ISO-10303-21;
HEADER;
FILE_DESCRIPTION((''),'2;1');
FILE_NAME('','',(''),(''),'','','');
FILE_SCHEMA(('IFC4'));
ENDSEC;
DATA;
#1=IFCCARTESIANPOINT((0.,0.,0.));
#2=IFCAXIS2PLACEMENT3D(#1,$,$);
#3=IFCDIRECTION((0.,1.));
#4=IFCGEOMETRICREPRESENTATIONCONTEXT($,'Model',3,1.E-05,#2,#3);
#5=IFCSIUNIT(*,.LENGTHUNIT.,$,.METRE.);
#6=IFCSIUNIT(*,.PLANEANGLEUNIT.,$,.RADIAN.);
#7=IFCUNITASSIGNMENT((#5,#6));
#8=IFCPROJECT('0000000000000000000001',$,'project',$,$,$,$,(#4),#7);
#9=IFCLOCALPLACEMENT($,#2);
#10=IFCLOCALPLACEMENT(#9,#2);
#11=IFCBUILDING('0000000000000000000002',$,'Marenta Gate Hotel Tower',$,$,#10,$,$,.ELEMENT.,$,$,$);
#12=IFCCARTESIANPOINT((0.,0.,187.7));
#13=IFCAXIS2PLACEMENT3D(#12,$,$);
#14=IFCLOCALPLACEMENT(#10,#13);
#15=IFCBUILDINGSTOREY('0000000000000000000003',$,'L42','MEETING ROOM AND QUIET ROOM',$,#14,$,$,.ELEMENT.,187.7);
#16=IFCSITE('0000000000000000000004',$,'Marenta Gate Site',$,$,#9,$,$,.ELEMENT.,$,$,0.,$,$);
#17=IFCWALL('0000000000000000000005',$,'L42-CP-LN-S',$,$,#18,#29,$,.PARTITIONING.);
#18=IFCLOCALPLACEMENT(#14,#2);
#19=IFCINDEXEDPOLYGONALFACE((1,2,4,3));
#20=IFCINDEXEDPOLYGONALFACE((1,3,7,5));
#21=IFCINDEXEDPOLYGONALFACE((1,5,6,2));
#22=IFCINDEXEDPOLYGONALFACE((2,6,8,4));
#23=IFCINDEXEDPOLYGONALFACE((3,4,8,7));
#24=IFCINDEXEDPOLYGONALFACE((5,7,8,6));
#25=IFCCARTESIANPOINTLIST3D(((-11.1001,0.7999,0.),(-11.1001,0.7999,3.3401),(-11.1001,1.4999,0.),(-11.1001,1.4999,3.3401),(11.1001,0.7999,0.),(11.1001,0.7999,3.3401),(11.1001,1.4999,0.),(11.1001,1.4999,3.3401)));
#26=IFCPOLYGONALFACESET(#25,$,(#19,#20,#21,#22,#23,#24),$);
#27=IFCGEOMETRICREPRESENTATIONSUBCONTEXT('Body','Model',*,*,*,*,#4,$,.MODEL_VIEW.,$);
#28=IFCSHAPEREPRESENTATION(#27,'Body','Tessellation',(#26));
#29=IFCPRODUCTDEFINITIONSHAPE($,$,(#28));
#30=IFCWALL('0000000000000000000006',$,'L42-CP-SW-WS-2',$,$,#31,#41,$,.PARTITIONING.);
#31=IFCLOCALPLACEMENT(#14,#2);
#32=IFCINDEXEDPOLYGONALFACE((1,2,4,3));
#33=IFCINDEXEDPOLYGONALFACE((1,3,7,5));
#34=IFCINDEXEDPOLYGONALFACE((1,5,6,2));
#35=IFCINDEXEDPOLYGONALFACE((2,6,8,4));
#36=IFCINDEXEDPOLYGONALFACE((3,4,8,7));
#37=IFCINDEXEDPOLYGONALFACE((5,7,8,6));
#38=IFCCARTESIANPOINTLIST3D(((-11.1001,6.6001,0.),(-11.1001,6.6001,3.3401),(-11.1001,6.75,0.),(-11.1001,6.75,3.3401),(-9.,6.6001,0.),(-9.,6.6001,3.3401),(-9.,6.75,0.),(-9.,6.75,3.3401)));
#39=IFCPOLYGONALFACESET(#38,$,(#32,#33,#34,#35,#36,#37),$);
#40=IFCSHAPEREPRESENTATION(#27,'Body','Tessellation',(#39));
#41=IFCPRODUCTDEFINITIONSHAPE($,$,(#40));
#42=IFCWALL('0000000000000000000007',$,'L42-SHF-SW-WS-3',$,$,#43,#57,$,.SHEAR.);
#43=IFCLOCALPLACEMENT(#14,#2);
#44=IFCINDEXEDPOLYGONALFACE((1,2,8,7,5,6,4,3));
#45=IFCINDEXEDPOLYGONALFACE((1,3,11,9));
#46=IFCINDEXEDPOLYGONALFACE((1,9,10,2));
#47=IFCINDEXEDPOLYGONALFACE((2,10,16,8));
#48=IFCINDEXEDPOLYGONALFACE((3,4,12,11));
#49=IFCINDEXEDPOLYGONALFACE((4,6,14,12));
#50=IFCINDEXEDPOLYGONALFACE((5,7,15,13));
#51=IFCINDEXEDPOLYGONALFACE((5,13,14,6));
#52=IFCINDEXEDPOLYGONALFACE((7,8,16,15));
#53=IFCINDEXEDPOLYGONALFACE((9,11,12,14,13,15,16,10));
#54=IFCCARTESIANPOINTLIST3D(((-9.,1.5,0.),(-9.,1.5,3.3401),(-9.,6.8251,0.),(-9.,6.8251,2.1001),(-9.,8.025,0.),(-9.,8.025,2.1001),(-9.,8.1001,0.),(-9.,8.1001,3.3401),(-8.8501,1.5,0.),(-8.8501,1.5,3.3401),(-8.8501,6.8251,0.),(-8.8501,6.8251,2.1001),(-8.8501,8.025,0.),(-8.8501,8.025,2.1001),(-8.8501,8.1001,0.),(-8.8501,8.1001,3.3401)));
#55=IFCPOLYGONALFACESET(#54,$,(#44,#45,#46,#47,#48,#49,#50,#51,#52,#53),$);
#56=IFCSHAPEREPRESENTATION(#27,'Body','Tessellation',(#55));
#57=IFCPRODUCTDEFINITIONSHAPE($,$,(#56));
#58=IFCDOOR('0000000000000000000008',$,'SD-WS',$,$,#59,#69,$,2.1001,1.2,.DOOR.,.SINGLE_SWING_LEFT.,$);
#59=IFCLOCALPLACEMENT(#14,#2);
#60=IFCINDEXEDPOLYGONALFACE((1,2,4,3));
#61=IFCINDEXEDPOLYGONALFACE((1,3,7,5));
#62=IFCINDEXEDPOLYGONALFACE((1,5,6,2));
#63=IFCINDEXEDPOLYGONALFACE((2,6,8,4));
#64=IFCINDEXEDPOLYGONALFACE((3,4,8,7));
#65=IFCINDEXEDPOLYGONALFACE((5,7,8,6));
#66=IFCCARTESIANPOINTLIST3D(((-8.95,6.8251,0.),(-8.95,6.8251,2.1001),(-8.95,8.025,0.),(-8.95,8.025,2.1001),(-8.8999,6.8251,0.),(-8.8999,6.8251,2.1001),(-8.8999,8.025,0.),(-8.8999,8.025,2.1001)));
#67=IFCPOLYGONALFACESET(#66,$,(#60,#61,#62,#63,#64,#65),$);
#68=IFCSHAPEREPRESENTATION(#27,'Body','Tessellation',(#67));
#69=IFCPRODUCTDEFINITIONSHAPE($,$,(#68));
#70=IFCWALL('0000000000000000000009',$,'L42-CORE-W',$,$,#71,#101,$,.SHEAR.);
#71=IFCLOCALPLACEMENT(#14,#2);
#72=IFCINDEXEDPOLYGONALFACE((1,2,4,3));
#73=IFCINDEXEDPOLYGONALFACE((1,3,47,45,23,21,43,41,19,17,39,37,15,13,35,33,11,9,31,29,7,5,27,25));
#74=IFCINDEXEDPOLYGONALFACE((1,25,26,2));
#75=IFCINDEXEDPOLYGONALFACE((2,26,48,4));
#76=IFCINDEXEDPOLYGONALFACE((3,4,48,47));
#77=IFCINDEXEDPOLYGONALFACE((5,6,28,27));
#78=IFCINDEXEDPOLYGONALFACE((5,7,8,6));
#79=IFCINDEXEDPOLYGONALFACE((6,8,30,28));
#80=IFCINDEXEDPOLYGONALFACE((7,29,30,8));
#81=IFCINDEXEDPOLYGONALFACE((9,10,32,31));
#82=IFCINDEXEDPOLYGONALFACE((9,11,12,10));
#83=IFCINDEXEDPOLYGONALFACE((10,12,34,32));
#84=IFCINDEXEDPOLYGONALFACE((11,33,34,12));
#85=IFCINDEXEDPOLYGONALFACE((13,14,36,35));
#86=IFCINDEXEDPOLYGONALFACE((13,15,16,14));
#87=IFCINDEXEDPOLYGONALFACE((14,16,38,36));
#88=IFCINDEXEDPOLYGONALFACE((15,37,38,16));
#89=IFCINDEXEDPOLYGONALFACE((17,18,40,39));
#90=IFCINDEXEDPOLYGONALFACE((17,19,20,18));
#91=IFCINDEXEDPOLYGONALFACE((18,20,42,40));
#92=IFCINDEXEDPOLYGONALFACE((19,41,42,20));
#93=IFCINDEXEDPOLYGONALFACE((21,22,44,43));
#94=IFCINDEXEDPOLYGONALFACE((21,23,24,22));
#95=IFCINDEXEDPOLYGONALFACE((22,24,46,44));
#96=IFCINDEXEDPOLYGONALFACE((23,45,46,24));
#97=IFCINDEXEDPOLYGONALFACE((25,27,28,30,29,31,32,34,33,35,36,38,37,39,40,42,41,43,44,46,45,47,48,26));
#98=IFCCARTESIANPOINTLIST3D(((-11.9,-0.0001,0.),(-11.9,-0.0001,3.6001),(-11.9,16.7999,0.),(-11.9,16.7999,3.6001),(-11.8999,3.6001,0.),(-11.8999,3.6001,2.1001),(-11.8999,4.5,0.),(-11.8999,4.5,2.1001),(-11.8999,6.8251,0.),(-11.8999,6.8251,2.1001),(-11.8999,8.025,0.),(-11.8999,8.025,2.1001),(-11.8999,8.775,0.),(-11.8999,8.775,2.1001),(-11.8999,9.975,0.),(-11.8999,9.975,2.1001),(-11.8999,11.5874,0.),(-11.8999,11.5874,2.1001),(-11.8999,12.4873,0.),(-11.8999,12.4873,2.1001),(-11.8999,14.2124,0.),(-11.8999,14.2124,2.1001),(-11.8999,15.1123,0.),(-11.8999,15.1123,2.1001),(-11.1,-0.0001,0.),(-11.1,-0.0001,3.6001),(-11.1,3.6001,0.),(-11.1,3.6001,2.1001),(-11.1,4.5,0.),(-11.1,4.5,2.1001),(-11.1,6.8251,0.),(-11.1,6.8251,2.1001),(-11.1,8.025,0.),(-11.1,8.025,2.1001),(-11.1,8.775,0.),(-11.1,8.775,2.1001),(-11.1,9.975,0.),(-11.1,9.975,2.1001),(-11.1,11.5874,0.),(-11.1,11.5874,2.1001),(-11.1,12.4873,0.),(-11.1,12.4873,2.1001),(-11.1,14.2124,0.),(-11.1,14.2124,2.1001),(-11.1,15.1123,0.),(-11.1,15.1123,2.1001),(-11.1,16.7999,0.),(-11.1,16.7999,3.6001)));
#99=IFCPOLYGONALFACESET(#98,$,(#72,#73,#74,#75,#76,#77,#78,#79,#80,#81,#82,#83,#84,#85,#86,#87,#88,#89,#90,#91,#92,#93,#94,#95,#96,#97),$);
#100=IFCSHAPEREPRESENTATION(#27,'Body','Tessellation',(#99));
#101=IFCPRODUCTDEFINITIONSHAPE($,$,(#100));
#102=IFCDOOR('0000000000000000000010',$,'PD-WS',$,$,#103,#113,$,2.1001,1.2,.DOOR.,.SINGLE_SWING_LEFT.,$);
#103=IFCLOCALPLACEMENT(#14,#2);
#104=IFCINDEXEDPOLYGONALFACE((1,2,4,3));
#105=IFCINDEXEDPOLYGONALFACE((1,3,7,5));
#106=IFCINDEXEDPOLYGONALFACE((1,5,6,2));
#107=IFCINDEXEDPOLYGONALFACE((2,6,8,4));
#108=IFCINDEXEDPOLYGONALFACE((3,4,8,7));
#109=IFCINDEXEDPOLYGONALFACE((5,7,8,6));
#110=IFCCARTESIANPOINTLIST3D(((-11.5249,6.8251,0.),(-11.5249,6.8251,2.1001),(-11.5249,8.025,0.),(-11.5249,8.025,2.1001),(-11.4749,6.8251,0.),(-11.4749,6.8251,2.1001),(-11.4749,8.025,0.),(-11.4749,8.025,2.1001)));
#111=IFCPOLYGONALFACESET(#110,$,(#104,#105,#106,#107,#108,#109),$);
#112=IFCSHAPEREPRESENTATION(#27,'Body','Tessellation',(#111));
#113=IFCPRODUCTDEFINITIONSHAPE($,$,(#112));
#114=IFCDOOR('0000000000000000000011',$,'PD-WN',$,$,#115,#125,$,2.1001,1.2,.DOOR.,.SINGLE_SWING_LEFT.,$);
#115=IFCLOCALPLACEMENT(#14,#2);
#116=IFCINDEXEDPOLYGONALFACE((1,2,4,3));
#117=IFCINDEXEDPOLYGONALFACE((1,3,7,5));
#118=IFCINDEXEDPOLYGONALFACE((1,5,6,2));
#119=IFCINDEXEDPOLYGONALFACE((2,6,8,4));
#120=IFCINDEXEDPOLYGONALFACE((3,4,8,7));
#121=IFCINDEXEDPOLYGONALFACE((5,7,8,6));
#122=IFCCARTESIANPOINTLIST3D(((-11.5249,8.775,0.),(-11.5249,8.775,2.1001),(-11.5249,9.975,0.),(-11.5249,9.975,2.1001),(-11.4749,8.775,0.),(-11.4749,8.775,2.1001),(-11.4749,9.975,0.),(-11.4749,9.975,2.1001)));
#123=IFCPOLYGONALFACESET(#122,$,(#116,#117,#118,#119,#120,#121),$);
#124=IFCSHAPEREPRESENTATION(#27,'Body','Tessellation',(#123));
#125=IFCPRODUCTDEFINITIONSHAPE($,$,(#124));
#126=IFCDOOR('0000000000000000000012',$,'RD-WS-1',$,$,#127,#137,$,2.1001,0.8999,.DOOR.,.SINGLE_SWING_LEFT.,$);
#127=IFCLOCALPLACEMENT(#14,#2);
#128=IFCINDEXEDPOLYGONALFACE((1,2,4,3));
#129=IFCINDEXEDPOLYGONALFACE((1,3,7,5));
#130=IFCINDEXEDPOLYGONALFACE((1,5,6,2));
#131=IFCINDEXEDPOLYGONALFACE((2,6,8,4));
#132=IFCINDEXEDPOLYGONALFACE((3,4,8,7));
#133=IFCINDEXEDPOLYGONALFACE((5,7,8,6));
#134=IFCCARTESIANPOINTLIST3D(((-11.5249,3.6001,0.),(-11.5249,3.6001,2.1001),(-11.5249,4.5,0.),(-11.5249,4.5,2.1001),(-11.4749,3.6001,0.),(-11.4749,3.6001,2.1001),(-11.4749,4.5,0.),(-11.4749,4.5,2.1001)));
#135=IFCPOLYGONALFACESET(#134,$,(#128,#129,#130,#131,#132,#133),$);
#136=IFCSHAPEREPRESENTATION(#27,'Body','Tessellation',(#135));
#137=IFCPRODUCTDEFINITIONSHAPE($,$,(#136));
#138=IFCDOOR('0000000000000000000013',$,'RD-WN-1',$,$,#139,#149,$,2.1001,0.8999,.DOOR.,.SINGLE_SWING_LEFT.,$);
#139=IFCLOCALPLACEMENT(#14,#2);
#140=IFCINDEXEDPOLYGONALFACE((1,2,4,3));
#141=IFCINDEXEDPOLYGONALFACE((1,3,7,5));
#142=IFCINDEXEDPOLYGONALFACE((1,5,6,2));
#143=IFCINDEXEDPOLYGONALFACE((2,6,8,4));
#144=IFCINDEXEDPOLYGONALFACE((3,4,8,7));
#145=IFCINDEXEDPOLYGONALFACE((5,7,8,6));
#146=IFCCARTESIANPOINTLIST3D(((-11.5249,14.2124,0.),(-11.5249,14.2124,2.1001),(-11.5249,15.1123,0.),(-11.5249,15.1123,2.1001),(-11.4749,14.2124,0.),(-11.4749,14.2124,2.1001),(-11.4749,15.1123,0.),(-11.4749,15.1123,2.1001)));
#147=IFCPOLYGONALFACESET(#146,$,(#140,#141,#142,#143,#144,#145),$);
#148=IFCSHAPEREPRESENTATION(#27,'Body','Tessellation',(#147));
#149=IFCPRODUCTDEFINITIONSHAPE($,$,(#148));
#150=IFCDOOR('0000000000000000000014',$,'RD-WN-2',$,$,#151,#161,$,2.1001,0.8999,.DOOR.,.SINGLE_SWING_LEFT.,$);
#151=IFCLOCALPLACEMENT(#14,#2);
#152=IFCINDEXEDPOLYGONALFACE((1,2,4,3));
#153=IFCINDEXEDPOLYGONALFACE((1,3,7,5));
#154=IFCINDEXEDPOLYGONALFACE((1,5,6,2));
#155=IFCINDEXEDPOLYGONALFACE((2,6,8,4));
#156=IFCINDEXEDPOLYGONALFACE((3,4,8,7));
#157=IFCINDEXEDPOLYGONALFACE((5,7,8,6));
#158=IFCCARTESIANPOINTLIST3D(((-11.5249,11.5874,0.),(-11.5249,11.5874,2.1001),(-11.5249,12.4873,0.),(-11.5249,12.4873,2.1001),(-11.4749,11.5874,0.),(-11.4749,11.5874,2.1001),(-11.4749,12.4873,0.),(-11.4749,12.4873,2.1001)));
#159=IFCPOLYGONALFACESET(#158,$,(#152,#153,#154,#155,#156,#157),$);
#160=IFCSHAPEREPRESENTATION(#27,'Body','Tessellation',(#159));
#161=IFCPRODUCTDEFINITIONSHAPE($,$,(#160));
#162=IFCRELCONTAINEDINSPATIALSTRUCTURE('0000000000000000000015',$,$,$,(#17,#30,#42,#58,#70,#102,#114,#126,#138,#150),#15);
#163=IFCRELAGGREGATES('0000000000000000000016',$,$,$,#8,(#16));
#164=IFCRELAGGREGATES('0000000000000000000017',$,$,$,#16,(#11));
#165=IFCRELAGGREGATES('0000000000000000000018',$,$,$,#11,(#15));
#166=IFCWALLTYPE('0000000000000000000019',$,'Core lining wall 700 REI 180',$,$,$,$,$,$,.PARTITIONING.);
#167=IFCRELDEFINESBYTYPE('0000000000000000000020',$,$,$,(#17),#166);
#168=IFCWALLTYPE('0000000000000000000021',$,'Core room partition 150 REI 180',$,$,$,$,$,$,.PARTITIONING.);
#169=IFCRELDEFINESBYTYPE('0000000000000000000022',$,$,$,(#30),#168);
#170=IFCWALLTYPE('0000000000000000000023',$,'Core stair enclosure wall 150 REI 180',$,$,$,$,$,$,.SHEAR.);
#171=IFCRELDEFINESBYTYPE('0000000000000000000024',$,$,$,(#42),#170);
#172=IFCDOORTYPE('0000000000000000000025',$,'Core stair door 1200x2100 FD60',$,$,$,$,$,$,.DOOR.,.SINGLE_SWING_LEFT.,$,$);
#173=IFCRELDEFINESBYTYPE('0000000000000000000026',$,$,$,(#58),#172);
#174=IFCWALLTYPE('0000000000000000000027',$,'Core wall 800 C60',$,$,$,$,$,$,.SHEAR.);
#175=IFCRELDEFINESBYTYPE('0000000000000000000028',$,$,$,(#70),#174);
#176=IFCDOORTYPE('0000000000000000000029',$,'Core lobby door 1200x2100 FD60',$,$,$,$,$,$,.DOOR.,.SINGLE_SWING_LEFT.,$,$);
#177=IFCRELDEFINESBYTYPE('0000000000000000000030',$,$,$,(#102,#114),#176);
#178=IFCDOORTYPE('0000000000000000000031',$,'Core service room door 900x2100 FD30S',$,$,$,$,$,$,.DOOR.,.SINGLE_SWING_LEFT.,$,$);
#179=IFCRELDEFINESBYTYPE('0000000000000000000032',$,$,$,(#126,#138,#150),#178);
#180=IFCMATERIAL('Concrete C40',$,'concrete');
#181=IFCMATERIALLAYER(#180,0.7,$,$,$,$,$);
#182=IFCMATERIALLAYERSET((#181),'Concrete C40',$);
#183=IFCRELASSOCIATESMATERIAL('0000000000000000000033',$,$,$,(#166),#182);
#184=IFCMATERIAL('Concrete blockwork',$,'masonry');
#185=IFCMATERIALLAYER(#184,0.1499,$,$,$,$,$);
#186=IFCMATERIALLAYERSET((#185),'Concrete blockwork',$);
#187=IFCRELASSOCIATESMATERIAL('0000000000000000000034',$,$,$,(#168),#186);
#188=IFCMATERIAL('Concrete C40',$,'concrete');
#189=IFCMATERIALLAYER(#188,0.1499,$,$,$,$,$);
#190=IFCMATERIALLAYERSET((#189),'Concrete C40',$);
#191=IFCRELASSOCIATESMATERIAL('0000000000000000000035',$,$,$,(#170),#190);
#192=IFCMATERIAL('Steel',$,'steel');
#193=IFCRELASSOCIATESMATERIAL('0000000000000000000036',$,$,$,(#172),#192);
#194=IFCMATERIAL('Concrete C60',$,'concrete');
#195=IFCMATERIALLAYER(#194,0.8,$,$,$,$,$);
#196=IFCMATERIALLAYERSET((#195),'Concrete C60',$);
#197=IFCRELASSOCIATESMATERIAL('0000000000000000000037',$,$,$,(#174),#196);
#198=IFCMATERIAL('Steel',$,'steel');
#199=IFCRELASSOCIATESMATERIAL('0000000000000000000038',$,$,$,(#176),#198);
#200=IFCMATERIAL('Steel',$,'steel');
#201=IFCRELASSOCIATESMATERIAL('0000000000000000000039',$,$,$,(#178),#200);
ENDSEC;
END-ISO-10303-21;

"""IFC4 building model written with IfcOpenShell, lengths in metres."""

from ifc_helpers import new_model, si_unit, direction, frame, frame_2d, origin, place, context, subcontext, project, spatial, rectangle, extrude, material, layer, layer_set, type_object, element, fill, save


model = new_model("IFC4")

# Units and contexts
model_context = context("Model", 3, precision=1e-05, world=origin(), true_north=direction((0.0, 1.0)))
body_context = subcontext(model_context, "Body", "Model", "MODEL_VIEW")
ifc_project = project(units=[si_unit("LENGTHUNIT", "METRE"), si_unit("PLANEANGLEUNIT", "RADIAN")], contexts=[model_context])

# Site, building, storey
site_placement = place(None, origin())
site = spatial("IfcSite", under=ifc_project, at=site_placement, Name="Marenta Gate Site", CompositionType="ELEMENT", RefElevation=0.0)
building_placement = place(site_placement, origin())
building = spatial("IfcBuilding", under=site, at=building_placement, Name="Marenta Gate Hotel Tower", CompositionType="ELEMENT")
storey_placement = place(building_placement, frame((0.0, 0.0, 187.7)))
storey = spatial("IfcBuildingStorey", under=building, at=storey_placement, Name="L42", Description="MEETING ROOM AND QUIET ROOM", CompositionType="ELEMENT", Elevation=187.7)

# Walls
ifc_material_1 = material(Name="Concrete C40", Category="concrete")
ifc_layer_1 = layer(ifc_material_1, 0.7)
ifc_layer_set_1 = layer_set([ifc_layer_1], Name="Concrete C40")
wall_type_1 = type_object("IfcWallType", Name="Core lining wall 700 REI 180", PredefinedType="PARTITIONING", material=ifc_layer_set_1)
wall_1_placement = place(storey_placement, frame((-11.1001, 1.1499, 0.0), z_axis=(0.0, 0.0, 1.0), x_axis=(1.0, 0.0, 0.0)))
element("IfcWall", 1, at=wall_1_placement, inside=storey, type_object=wall_type_1, Name="L42-CP-LN-S", PredefinedType="PARTITIONING", context=body_context, shape_type="SweptSolid", body=[
    extrude(rectangle(XDim=22.2002, YDim=0.7, at=frame_2d((11.1001, 0.0))), origin(), (0.0, 0.0, 1.0), 3.3401),
])
ifc_material_2 = material(Name="Concrete blockwork", Category="masonry")
ifc_layer_2 = layer(ifc_material_2, 0.1499)
ifc_layer_set_2 = layer_set([ifc_layer_2], Name="Concrete blockwork")
wall_type_2 = type_object("IfcWallType", Name="Core room partition 150 REI 180", PredefinedType="PARTITIONING", material=ifc_layer_set_2)
wall_2_placement = place(storey_placement, frame((-11.1001, 6.675, 0.0), z_axis=(0.0, 0.0, 1.0), x_axis=(1.0, 0.0, 0.0)))
element("IfcWall", 2, at=wall_2_placement, inside=storey, type_object=wall_type_2, Name="L42-CP-SW-WS-2", PredefinedType="PARTITIONING", context=body_context, shape_type="SweptSolid", body=[
    extrude(rectangle(XDim=2.1001, YDim=0.1499, at=frame_2d((1.05, 0.0))), origin(), (0.0, 0.0, 1.0), 3.3401),
])

# Wall, opening, door
ifc_material_3 = material(Name="Concrete C40", Category="concrete")
ifc_layer_3 = layer(ifc_material_3, 0.1499)
ifc_layer_set_3 = layer_set([ifc_layer_3], Name="Concrete C40")
wall_type_3 = type_object("IfcWallType", Name="Core stair enclosure wall 150 REI 180", PredefinedType="SHEAR", material=ifc_layer_set_3)
wall_3_placement = place(storey_placement, frame((-8.925, 1.5, 0.0), z_axis=(0.0, 0.0, 1.0), x_axis=(0.0, 1.0, 0.0)))
wall_3 = element("IfcWall", 3, at=wall_3_placement, inside=storey, type_object=wall_type_3, Name="L42-SHF-SW-WS-3", PredefinedType="SHEAR", context=body_context, shape_type="SweptSolid", body=[
    extrude(rectangle(XDim=6.6001, YDim=0.1499, at=frame_2d((3.3, 0.0))), origin(), (0.0, 0.0, 1.0), 3.3401),
])
opening_1_placement = place(wall_3_placement, frame((5.325, 0.0, 0.0)))
opening_1 = element("IfcOpeningElement", 4, at=opening_1_placement, cuts=wall_3, PredefinedType="OPENING", context=body_context, shape_type="SweptSolid", body=[
    extrude(rectangle(XDim=1.2, YDim=2.1001, at=frame_2d((0.6001, 1.05))), frame((0.0, 0.075, 0.0), z_axis=(0.0, -1.0, 0.0), x_axis=(1.0, 0.0, 0.0)), (0.0, 0.0, 1.0), 0.1499),
])
ifc_material_4 = material(Name="Steel", Category="steel")
door_type_1 = type_object("IfcDoorType", Name="Core stair door 1200x2100 FD60", OperationType="SINGLE_SWING_LEFT", PredefinedType="DOOR", material=ifc_material_4)
door_1_placement = place(opening_1_placement, origin())
door_1 = element("IfcDoor", 5, at=door_1_placement, inside=storey, type_object=door_type_1, Name="SD-WS", OperationType="SINGLE_SWING_LEFT", OverallHeight=2.1001, OverallWidth=1.2, PredefinedType="DOOR", context=body_context, shape_type="SweptSolid", body=[
    extrude(rectangle(XDim=1.2, YDim=2.1001, at=frame_2d((0.6001, 1.05))), frame((0.0, 0.0249, 0.0), z_axis=(0.0, -1.0, 0.0), x_axis=(1.0, 0.0, 0.0)), (0.0, 0.0, 1.0), 0.05),
])
fill(opening_1, door_1)

# Wall, openings, doors
ifc_material_5 = material(Name="Concrete C60", Category="concrete")
ifc_layer_4 = layer(ifc_material_5, 0.8)
ifc_layer_set_4 = layer_set([ifc_layer_4], Name="Concrete C60")
wall_type_4 = type_object("IfcWallType", Name="Core wall 800 C60", PredefinedType="SHEAR", material=ifc_layer_set_4)
wall_4_placement = place(storey_placement, frame((-11.5, 0.0, 0.0), z_axis=(0.0, 0.0, 1.0), x_axis=(0.0, 1.0, 0.0)))
wall_4 = element("IfcWall", 6, at=wall_4_placement, inside=storey, type_object=wall_type_4, Name="L42-CORE-W", PredefinedType="SHEAR", context=body_context, shape_type="SweptSolid", body=[
    extrude(rectangle(XDim=16.8, YDim=0.8, at=frame_2d((8.3999, 0.0))), origin(), (0.0, 0.0, 1.0), 3.6001),
])
opening_2_placement = place(wall_4_placement, frame((3.6001, 0.0, 0.0)))
opening_2 = element("IfcOpeningElement", 7, at=opening_2_placement, cuts=wall_4, PredefinedType="OPENING", context=body_context, shape_type="SweptSolid", body=[
    extrude(rectangle(XDim=0.8999, YDim=2.1001, at=frame_2d((0.45, 1.05))), frame((0.0, 0.3999, 0.0), z_axis=(0.0, -1.0, 0.0), x_axis=(1.0, 0.0, 0.0)), (0.0, 0.0, 1.0), 0.8),
])
opening_3_placement = place(wall_4_placement, frame((6.825, 0.0, 0.0)))
opening_3 = element("IfcOpeningElement", 8, at=opening_3_placement, cuts=wall_4, PredefinedType="OPENING", context=body_context, shape_type="SweptSolid", body=[
    extrude(rectangle(XDim=1.2, YDim=2.1001, at=frame_2d((0.6001, 1.05))), frame((0.0, 0.3999, 0.0), z_axis=(0.0, -1.0, 0.0), x_axis=(1.0, 0.0, 0.0)), (0.0, 0.0, 1.0), 0.8),
])
opening_4_placement = place(wall_4_placement, frame((14.2124, 0.0, 0.0)))
opening_4 = element("IfcOpeningElement", 9, at=opening_4_placement, cuts=wall_4, PredefinedType="OPENING", context=body_context, shape_type="SweptSolid", body=[
    extrude(rectangle(XDim=0.8999, YDim=2.1001, at=frame_2d((0.45, 1.05))), frame((0.0, 0.3999, 0.0), z_axis=(0.0, -1.0, 0.0), x_axis=(1.0, 0.0, 0.0)), (0.0, 0.0, 1.0), 0.8),
])
opening_5_placement = place(wall_4_placement, frame((11.5874, 0.0, 0.0)))
opening_5 = element("IfcOpeningElement", 10, at=opening_5_placement, cuts=wall_4, PredefinedType="OPENING", context=body_context, shape_type="SweptSolid", body=[
    extrude(rectangle(XDim=0.8999, YDim=2.1001, at=frame_2d((0.45, 1.05))), frame((0.0, 0.3999, 0.0), z_axis=(0.0, -1.0, 0.0), x_axis=(1.0, 0.0, 0.0)), (0.0, 0.0, 1.0), 0.8),
])
opening_6_placement = place(wall_4_placement, frame((8.7749, 0.0, 0.0)))
opening_6 = element("IfcOpeningElement", 11, at=opening_6_placement, cuts=wall_4, PredefinedType="OPENING", context=body_context, shape_type="SweptSolid", body=[
    extrude(rectangle(XDim=1.2, YDim=2.1001, at=frame_2d((0.6001, 1.05))), frame((0.0, 0.3999, 0.0), z_axis=(0.0, -1.0, 0.0), x_axis=(1.0, 0.0, 0.0)), (0.0, 0.0, 1.0), 0.8),
])
ifc_material_6 = material(Name="Steel", Category="steel")
door_type_2 = type_object("IfcDoorType", Name="Core lobby door 1200x2100 FD60", OperationType="SINGLE_SWING_LEFT", PredefinedType="DOOR", material=ifc_material_6)
door_2_placement = place(opening_3_placement, origin())
door_2 = element("IfcDoor", 12, at=door_2_placement, inside=storey, type_object=door_type_2, Name="PD-WS", OperationType="SINGLE_SWING_LEFT", OverallHeight=2.1001, OverallWidth=1.2, PredefinedType="DOOR", context=body_context, shape_type="SweptSolid", body=[
    extrude(rectangle(XDim=1.2, YDim=2.1001, at=frame_2d((0.6001, 1.05))), frame((0.0, 0.0249, 0.0), z_axis=(0.0, -1.0, 0.0), x_axis=(1.0, 0.0, 0.0)), (0.0, 0.0, 1.0), 0.05),
])
fill(opening_3, door_2)
door_3_placement = place(opening_6_placement, origin())
door_3 = element("IfcDoor", 13, at=door_3_placement, inside=storey, type_object=door_type_2, Name="PD-WN", OperationType="SINGLE_SWING_LEFT", OverallHeight=2.1001, OverallWidth=1.2, PredefinedType="DOOR", context=body_context, shape_type="SweptSolid", body=[
    extrude(rectangle(XDim=1.2, YDim=2.1001, at=frame_2d((0.6001, 1.05))), frame((0.0, 0.0249, 0.0), z_axis=(0.0, -1.0, 0.0), x_axis=(1.0, 0.0, 0.0)), (0.0, 0.0, 1.0), 0.05),
])
fill(opening_6, door_3)
ifc_material_7 = material(Name="Steel", Category="steel")
door_type_3 = type_object("IfcDoorType", Name="Core service room door 900x2100 FD30S", OperationType="SINGLE_SWING_LEFT", PredefinedType="DOOR", material=ifc_material_7)
door_4_placement = place(opening_2_placement, origin())
door_4 = element("IfcDoor", 14, at=door_4_placement, inside=storey, type_object=door_type_3, Name="RD-WS-1", OperationType="SINGLE_SWING_LEFT", OverallHeight=2.1001, OverallWidth=0.8999, PredefinedType="DOOR", context=body_context, shape_type="SweptSolid", body=[
    extrude(rectangle(XDim=0.8999, YDim=2.1001, at=frame_2d((0.45, 1.05))), frame((0.0, 0.0249, 0.0), z_axis=(0.0, -1.0, 0.0), x_axis=(1.0, 0.0, 0.0)), (0.0, 0.0, 1.0), 0.05),
])
fill(opening_2, door_4)
door_5_placement = place(opening_4_placement, origin())
door_5 = element("IfcDoor", 15, at=door_5_placement, inside=storey, type_object=door_type_3, Name="RD-WN-1", OperationType="SINGLE_SWING_LEFT", OverallHeight=2.1001, OverallWidth=0.8999, PredefinedType="DOOR", context=body_context, shape_type="SweptSolid", body=[
    extrude(rectangle(XDim=0.8999, YDim=2.1001, at=frame_2d((0.45, 1.05))), frame((0.0, 0.0249, 0.0), z_axis=(0.0, -1.0, 0.0), x_axis=(1.0, 0.0, 0.0)), (0.0, 0.0, 1.0), 0.05),
])
fill(opening_4, door_5)
door_6_placement = place(opening_5_placement, origin())
door_6 = element("IfcDoor", 16, at=door_6_placement, inside=storey, type_object=door_type_3, Name="RD-WN-2", OperationType="SINGLE_SWING_LEFT", OverallHeight=2.1001, OverallWidth=0.8999, PredefinedType="DOOR", context=body_context, shape_type="SweptSolid", body=[
    extrude(rectangle(XDim=0.8999, YDim=2.1001, at=frame_2d((0.45, 1.05))), frame((0.0, 0.0249, 0.0), z_axis=(0.0, -1.0, 0.0), x_axis=(1.0, 0.0, 0.0)), (0.0, 0.0, 1.0), 0.05),
])
fill(opening_5, door_6)

save(model, "model.ifc")
